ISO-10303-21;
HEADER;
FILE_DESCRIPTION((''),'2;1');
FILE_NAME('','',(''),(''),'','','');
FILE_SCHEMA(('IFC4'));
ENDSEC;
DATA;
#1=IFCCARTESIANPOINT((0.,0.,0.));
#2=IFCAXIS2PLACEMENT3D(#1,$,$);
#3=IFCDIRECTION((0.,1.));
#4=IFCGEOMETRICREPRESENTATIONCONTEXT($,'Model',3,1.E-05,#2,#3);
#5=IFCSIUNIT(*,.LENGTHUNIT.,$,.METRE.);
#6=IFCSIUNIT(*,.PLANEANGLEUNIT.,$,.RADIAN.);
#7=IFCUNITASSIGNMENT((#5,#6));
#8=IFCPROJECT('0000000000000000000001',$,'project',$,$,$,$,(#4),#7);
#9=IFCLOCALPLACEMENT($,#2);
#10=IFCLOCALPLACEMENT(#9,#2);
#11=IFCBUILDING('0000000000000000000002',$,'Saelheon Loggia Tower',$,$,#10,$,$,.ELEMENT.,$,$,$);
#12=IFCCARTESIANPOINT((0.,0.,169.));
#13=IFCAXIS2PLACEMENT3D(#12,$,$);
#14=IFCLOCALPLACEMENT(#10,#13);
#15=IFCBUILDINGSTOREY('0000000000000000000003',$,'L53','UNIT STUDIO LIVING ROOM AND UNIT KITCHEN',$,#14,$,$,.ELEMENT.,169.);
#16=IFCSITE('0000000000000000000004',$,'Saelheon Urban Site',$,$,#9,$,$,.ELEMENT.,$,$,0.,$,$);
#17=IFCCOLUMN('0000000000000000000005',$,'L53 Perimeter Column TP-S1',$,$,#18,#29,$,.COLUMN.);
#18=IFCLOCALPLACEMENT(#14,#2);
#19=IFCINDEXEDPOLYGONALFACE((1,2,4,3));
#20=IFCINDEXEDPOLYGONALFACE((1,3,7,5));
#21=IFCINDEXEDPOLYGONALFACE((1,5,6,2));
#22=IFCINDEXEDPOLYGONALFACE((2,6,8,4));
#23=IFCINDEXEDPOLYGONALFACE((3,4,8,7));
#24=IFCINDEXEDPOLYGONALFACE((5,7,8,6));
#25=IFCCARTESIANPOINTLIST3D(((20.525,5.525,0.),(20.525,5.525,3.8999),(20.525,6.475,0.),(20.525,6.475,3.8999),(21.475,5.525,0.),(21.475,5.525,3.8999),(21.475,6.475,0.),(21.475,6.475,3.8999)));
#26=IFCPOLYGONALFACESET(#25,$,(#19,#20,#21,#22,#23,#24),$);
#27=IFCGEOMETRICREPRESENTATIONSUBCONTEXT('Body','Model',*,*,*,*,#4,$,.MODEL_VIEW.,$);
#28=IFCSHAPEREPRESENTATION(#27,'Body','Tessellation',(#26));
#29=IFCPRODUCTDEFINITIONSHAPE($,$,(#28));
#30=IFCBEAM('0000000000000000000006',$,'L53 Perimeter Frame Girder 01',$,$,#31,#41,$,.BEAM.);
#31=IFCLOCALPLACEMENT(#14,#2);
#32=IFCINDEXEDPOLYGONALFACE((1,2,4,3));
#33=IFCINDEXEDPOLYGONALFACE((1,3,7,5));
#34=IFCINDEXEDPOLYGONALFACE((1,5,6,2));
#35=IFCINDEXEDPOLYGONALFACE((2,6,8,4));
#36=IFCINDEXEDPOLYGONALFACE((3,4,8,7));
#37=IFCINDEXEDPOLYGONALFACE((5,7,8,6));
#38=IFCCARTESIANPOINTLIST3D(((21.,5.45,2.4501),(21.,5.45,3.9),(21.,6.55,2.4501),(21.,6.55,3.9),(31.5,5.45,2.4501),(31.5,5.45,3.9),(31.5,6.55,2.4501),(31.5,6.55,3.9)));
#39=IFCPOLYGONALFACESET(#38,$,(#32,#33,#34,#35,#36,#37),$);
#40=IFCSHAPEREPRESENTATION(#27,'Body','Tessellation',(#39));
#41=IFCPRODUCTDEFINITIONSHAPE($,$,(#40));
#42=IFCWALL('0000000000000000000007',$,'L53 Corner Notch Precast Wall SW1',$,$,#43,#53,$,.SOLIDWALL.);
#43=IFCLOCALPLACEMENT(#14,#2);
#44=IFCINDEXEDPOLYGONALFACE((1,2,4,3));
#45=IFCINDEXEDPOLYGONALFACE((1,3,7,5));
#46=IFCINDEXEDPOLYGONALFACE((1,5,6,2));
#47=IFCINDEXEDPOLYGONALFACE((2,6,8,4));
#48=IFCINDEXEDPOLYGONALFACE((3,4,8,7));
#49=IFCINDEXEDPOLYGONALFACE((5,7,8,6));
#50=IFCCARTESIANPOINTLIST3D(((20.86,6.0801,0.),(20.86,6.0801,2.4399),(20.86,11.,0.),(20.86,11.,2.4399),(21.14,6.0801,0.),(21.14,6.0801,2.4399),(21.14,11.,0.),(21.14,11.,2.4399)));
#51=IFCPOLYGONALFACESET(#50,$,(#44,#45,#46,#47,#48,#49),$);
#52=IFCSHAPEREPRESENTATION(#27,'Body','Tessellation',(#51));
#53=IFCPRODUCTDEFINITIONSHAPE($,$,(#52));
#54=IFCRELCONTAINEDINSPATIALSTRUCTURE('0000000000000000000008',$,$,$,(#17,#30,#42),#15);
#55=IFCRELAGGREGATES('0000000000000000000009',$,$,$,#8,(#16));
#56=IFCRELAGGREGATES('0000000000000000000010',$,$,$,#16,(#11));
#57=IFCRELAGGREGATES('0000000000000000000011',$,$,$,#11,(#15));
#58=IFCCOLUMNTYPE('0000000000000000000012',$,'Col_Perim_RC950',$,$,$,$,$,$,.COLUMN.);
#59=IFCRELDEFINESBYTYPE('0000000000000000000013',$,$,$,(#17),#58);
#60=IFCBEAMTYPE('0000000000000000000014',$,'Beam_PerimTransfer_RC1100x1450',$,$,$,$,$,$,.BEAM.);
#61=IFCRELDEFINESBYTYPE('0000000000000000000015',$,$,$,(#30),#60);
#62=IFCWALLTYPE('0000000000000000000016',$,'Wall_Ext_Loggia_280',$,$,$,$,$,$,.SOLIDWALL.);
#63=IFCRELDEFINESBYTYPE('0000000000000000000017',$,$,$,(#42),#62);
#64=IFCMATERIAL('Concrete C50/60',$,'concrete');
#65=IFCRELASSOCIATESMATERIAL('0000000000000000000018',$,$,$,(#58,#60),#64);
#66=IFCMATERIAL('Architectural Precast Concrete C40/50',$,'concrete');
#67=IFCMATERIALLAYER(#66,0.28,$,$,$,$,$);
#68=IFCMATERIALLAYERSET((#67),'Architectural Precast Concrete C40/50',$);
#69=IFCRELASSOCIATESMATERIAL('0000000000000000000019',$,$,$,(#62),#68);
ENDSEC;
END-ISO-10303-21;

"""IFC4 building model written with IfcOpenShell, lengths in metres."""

from ifc_helpers import new_model, si_unit, direction, frame, frame_2d, origin, origin_2d, place, context, subcontext, project, spatial, rectangle, extrude, source, transform, mapped, material, layer, layer_set, material_profile, profile_set, type_object, element, save


model = new_model("IFC4")

# Units and contexts
model_context = context("Model", 3, precision=1e-05, world=origin(), true_north=direction((0.0, 1.0)))
body_context = subcontext(model_context, "Body", "Model", "MODEL_VIEW")
ifc_project = project(units=[si_unit("LENGTHUNIT", "METRE"), si_unit("PLANEANGLEUNIT", "RADIAN")], contexts=[model_context])

# Site, building, storey
site_placement = place(None, origin())
site = spatial("IfcSite", under=ifc_project, at=site_placement, Name="Saelheon Urban Site", CompositionType="ELEMENT", RefElevation=0.0)
building_placement = place(site_placement, origin())
building = spatial("IfcBuilding", under=site, at=building_placement, Name="Saelheon Loggia Tower", CompositionType="ELEMENT")
storey_placement = place(building_placement, frame((0.0, 0.0, 169.0)))
storey = spatial("IfcBuildingStorey", under=building, at=storey_placement, Name="L53", Description="UNIT STUDIO LIVING ROOM AND UNIT KITCHEN", CompositionType="ELEMENT", Elevation=169.0)

# Column
ifc_material_1 = material(Name="Concrete C50/60", Category="concrete")
ifc_material_profile_1 = material_profile(ifc_material_1, rectangle(XDim=0.95, YDim=0.95, at=origin_2d()), Name="RC-950x950")
ifc_profile_set_1 = profile_set([ifc_material_profile_1], Name="Concrete C50/60")
column_type = type_object("IfcColumnType", Name="Col_Perim_RC950", PredefinedType="COLUMN", material=ifc_profile_set_1)
shared_shape_1 = source(origin(), body_context, "Body", "SweptSolid", [
    extrude(rectangle(XDim=0.95, YDim=0.95, at=origin_2d()), origin(), (0.0, 0.0, 1.0), 3.8999),
])
column_placement = place(storey_placement, frame((21.0, 6.0, 0.0), z_axis=(0.0, 0.0, 1.0), x_axis=(1.0, 0.0, 0.0)))
element("IfcColumn", 1, at=column_placement, inside=storey, type_object=column_type, Name="L53 Perimeter Column TP-S1", PredefinedType="COLUMN", context=body_context, shape_type="MappedRepresentation", body=[
    mapped(shared_shape_1, transform((0.0, 0.0, 0.0), scale=1.0)),
])

# Beam
ifc_material_profile_2 = material_profile(ifc_material_1, rectangle(XDim=1.1001, YDim=1.45, at=origin_2d()), Name="RC-1100x1450")
ifc_profile_set_2 = profile_set([ifc_material_profile_2], Name="Concrete C50/60")
beam_type = type_object("IfcBeamType", Name="Beam_PerimTransfer_RC1100x1450", PredefinedType="BEAM", material=ifc_profile_set_2)
shared_shape_2 = source(origin(), body_context, "Body", "SweptSolid", [
    extrude(rectangle(XDim=1.1001, YDim=1.45, at=origin_2d()), origin(), (0.0, 0.0, 1.0), 10.5),
])
beam_placement = place(storey_placement, frame((21.0, 6.0, 3.175), z_axis=(1.0, 0.0, 0.0), x_axis=(0.0, 1.0, 0.0)))
element("IfcBeam", 2, at=beam_placement, inside=storey, type_object=beam_type, Name="L53 Perimeter Frame Girder 01", PredefinedType="BEAM", context=body_context, shape_type="MappedRepresentation", body=[
    mapped(shared_shape_2, transform((0.0, 0.0, 0.0), scale=1.0)),
])

# Shared definitions
ifc_material_2 = material(Name="Architectural Precast Concrete C40/50", Category="concrete")
ifc_layer = layer(ifc_material_2, 0.28)
ifc_layer_set = layer_set([ifc_layer], Name="Architectural Precast Concrete C40/50")
wall_type = type_object("IfcWallType", Name="Wall_Ext_Loggia_280", PredefinedType="SOLIDWALL", material=ifc_layer_set)

# Wall
wall_1_placement = place(storey_placement, frame((21.0, 6.0801, 0.0), z_axis=(0.0, 0.0, 1.0), x_axis=(0.0, 1.0, 0.0)))
element("IfcWall", 3, at=wall_1_placement, inside=storey, type_object=wall_type, Name="L53 Corner Notch Precast Wall SW1", PredefinedType="SOLIDWALL", context=body_context, shape_type="SweptSolid", body=[
    extrude(rectangle(XDim=4.9199, YDim=0.28, at=frame_2d((2.46, 0.0))), origin(), (0.0, 0.0, 1.0), 2.4399),
])

save(model, "model.ifc")
